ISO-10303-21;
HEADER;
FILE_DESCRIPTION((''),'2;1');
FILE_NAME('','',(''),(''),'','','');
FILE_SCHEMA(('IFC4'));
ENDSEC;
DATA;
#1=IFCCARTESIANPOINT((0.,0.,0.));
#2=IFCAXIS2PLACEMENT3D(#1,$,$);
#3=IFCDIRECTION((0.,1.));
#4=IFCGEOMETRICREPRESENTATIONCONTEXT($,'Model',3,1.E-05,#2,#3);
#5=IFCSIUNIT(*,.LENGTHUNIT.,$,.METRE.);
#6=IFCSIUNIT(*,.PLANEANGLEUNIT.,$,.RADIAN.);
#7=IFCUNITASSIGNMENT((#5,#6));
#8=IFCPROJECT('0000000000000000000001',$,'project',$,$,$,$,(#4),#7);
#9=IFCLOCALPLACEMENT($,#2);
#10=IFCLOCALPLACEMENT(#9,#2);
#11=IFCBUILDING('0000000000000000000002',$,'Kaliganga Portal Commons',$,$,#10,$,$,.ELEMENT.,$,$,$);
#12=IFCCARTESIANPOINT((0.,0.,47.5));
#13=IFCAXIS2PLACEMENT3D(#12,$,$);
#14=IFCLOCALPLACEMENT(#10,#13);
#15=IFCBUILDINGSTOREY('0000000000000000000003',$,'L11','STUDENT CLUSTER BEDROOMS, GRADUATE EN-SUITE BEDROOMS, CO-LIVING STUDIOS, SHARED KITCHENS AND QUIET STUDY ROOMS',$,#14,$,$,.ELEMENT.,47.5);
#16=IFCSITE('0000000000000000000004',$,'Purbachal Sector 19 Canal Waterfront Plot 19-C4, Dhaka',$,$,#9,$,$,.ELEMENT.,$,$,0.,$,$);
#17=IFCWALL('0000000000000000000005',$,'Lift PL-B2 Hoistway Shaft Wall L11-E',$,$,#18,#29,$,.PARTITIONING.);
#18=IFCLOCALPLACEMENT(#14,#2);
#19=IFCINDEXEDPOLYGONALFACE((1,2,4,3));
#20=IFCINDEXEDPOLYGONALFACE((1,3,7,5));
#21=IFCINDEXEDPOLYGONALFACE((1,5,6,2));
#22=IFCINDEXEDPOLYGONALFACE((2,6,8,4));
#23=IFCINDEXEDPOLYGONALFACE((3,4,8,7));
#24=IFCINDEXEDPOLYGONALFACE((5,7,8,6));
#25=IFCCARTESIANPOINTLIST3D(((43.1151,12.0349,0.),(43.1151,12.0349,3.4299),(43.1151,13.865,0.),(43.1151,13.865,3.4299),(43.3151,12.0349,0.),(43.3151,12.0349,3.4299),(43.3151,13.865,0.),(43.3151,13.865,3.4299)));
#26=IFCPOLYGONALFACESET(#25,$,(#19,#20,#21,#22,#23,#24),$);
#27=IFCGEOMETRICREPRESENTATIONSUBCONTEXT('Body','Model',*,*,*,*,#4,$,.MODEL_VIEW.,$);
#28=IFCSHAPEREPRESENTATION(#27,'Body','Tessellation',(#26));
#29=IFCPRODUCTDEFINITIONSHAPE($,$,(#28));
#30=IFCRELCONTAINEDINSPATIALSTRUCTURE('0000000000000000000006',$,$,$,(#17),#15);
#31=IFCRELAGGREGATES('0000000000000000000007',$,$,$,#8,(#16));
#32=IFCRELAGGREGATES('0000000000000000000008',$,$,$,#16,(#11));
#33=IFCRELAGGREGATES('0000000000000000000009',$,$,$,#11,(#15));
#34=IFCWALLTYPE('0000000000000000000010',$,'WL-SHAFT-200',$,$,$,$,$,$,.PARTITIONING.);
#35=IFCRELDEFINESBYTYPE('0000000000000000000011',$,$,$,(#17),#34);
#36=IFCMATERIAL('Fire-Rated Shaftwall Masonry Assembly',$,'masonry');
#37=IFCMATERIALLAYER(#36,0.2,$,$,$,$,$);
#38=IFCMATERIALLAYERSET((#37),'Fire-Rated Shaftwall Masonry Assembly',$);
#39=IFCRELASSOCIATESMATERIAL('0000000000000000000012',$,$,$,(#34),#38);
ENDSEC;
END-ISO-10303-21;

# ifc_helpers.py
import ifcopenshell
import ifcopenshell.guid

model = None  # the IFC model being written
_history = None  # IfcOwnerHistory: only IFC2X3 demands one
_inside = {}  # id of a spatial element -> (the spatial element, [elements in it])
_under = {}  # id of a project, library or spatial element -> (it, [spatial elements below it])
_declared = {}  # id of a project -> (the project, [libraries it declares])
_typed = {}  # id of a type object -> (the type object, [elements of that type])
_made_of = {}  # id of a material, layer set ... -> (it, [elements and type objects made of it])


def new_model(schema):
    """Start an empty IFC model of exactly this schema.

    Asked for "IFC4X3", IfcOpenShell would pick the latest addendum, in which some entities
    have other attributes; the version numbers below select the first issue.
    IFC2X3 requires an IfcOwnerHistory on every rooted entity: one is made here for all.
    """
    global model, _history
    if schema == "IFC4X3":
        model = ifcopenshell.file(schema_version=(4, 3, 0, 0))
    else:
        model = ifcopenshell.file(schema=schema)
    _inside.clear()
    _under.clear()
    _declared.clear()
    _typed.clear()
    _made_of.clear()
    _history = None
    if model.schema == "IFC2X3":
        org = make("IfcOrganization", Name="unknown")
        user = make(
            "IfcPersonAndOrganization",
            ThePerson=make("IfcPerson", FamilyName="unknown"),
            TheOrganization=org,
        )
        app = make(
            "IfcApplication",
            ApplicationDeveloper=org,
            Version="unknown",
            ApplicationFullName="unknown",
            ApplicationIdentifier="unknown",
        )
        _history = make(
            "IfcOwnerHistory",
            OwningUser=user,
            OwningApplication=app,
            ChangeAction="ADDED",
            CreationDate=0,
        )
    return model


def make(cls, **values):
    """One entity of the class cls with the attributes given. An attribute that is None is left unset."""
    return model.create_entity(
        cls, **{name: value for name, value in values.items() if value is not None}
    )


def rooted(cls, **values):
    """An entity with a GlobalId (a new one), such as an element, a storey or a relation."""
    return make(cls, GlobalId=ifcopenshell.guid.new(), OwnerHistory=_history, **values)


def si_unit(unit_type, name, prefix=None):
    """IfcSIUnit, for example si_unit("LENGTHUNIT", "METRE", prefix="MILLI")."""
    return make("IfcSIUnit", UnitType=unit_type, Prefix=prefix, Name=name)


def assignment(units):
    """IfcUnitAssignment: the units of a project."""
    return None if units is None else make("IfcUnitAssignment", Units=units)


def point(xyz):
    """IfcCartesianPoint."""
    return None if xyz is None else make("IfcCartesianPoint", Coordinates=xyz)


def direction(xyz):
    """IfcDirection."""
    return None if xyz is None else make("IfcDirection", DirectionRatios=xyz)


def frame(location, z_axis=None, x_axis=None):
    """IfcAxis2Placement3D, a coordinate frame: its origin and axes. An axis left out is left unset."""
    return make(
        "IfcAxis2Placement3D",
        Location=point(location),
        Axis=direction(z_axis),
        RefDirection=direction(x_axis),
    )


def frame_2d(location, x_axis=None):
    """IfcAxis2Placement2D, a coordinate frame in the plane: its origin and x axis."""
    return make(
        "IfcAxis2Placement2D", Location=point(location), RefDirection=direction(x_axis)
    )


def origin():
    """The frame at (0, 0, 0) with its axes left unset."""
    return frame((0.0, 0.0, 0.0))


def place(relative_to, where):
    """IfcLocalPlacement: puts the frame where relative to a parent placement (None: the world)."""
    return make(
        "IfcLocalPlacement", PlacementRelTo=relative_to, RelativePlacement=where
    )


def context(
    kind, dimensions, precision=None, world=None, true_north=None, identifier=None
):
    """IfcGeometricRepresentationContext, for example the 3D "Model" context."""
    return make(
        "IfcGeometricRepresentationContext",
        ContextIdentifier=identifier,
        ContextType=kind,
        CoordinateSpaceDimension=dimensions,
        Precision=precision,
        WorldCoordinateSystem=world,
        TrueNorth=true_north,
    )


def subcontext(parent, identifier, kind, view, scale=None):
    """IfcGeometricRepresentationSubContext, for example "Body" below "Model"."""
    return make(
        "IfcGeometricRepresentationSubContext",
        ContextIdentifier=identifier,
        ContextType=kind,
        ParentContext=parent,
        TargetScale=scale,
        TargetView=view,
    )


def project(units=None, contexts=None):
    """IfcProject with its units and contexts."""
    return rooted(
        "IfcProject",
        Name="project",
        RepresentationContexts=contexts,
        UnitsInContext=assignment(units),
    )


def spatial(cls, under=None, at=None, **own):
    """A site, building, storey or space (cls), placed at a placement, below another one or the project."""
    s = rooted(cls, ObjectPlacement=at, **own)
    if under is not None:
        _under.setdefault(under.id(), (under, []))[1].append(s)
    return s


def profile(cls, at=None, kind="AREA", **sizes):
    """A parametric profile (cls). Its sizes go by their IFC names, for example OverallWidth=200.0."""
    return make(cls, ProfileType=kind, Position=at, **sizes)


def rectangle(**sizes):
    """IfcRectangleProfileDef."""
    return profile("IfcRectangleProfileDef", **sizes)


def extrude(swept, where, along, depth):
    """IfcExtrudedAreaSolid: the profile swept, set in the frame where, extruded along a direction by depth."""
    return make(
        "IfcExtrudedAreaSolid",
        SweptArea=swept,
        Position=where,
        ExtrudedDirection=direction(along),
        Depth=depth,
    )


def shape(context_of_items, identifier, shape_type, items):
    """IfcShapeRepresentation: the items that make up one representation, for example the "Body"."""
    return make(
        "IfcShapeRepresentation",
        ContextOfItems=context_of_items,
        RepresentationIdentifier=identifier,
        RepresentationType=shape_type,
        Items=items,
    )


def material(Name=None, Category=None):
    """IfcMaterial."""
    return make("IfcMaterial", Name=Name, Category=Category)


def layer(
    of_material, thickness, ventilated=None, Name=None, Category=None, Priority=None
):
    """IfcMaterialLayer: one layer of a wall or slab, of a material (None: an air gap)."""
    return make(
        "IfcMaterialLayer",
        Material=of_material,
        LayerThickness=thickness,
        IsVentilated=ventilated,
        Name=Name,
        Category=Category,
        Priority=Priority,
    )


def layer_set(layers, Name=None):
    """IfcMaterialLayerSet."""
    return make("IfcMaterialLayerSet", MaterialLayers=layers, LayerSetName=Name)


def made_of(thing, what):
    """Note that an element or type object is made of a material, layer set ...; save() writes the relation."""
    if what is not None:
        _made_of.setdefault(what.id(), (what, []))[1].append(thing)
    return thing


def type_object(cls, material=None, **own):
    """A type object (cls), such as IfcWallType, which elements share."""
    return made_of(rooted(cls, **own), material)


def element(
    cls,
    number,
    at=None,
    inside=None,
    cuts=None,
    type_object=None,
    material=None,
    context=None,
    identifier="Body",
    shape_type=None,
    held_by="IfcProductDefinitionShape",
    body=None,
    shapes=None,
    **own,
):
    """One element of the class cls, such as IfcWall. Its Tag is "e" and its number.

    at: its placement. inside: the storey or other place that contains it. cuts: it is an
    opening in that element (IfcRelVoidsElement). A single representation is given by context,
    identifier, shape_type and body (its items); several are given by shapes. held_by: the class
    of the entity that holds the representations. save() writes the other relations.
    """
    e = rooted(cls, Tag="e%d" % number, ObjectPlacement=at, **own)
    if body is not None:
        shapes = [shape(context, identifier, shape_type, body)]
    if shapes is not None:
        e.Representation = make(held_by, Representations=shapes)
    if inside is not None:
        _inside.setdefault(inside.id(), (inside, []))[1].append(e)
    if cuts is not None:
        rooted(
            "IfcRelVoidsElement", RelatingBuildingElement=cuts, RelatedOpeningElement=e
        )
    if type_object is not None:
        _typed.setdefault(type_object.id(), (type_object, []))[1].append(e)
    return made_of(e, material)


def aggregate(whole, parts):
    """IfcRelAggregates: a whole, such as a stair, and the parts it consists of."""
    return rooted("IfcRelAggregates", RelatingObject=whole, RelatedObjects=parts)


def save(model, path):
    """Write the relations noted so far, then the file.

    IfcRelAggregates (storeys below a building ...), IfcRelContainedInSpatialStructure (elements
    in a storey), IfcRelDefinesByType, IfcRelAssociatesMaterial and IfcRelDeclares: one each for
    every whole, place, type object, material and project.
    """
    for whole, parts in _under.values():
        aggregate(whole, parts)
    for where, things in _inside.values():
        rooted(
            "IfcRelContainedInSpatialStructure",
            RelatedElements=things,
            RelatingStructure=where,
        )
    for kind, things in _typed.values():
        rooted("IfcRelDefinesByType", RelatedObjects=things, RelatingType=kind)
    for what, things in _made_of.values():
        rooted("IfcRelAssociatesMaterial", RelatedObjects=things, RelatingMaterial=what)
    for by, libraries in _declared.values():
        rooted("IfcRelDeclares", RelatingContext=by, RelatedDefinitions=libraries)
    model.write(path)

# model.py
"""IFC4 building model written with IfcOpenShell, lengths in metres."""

from ifc_helpers import new_model, si_unit, direction, frame, frame_2d, origin, place, context, subcontext, project, spatial, rectangle, extrude, material, layer, layer_set, type_object, element, save


model = new_model("IFC4")

# Units and contexts
model_context = context("Model", 3, precision=1e-05, world=origin(), true_north=direction((0.0, 1.0)))
body_context = subcontext(model_context, "Body", "Model", "MODEL_VIEW")
ifc_project = project(units=[si_unit("LENGTHUNIT", "METRE"), si_unit("PLANEANGLEUNIT", "RADIAN")], contexts=[model_context])

# Site, building, storey
site_placement = place(None, origin())
site = spatial("IfcSite", under=ifc_project, at=site_placement, Name="Purbachal Sector 19 Canal Waterfront Plot 19-C4, Dhaka", CompositionType="ELEMENT", RefElevation=0.0)
building_placement = place(site_placement, origin())
building = spatial("IfcBuilding", under=site, at=building_placement, Name="Kaliganga Portal Commons", CompositionType="ELEMENT")
storey_placement = place(building_placement, frame((0.0, 0.0, 47.5)))
storey = spatial("IfcBuildingStorey", under=building, at=storey_placement, Name="L11", Description="STUDENT CLUSTER BEDROOMS, GRADUATE EN-SUITE BEDROOMS, CO-LIVING STUDIOS, SHARED KITCHENS AND QUIET STUDY ROOMS", CompositionType="ELEMENT", Elevation=47.5)

# Wall
ifc_material_1 = material(Name="Fire-Rated Shaftwall Masonry Assembly", Category="masonry")
ifc_layer_1 = layer(ifc_material_1, 0.2)
ifc_layer_set_1 = layer_set([ifc_layer_1], Name="Fire-Rated Shaftwall Masonry Assembly")
wall_type_1 = type_object("IfcWallType", Name="WL-SHAFT-200", PredefinedType="PARTITIONING", material=ifc_layer_set_1)
wall_1_placement = place(storey_placement, frame((43.2151, 12.0349, 0.0), z_axis=(0.0, 0.0, 1.0), x_axis=(0.0, 1.0, 0.0)))
element("IfcWall", 1, at=wall_1_placement, inside=storey, type_object=wall_type_1, Name="Lift PL-B2 Hoistway Shaft Wall L11-E", PredefinedType="PARTITIONING", context=body_context, shape_type="SweptSolid", body=[
    extrude(rectangle(XDim=1.8301, YDim=0.2, at=frame_2d((0.915, 0.0))), origin(), (0.0, 0.0, 1.0), 3.4299),
])

save(model, "model.ifc")
